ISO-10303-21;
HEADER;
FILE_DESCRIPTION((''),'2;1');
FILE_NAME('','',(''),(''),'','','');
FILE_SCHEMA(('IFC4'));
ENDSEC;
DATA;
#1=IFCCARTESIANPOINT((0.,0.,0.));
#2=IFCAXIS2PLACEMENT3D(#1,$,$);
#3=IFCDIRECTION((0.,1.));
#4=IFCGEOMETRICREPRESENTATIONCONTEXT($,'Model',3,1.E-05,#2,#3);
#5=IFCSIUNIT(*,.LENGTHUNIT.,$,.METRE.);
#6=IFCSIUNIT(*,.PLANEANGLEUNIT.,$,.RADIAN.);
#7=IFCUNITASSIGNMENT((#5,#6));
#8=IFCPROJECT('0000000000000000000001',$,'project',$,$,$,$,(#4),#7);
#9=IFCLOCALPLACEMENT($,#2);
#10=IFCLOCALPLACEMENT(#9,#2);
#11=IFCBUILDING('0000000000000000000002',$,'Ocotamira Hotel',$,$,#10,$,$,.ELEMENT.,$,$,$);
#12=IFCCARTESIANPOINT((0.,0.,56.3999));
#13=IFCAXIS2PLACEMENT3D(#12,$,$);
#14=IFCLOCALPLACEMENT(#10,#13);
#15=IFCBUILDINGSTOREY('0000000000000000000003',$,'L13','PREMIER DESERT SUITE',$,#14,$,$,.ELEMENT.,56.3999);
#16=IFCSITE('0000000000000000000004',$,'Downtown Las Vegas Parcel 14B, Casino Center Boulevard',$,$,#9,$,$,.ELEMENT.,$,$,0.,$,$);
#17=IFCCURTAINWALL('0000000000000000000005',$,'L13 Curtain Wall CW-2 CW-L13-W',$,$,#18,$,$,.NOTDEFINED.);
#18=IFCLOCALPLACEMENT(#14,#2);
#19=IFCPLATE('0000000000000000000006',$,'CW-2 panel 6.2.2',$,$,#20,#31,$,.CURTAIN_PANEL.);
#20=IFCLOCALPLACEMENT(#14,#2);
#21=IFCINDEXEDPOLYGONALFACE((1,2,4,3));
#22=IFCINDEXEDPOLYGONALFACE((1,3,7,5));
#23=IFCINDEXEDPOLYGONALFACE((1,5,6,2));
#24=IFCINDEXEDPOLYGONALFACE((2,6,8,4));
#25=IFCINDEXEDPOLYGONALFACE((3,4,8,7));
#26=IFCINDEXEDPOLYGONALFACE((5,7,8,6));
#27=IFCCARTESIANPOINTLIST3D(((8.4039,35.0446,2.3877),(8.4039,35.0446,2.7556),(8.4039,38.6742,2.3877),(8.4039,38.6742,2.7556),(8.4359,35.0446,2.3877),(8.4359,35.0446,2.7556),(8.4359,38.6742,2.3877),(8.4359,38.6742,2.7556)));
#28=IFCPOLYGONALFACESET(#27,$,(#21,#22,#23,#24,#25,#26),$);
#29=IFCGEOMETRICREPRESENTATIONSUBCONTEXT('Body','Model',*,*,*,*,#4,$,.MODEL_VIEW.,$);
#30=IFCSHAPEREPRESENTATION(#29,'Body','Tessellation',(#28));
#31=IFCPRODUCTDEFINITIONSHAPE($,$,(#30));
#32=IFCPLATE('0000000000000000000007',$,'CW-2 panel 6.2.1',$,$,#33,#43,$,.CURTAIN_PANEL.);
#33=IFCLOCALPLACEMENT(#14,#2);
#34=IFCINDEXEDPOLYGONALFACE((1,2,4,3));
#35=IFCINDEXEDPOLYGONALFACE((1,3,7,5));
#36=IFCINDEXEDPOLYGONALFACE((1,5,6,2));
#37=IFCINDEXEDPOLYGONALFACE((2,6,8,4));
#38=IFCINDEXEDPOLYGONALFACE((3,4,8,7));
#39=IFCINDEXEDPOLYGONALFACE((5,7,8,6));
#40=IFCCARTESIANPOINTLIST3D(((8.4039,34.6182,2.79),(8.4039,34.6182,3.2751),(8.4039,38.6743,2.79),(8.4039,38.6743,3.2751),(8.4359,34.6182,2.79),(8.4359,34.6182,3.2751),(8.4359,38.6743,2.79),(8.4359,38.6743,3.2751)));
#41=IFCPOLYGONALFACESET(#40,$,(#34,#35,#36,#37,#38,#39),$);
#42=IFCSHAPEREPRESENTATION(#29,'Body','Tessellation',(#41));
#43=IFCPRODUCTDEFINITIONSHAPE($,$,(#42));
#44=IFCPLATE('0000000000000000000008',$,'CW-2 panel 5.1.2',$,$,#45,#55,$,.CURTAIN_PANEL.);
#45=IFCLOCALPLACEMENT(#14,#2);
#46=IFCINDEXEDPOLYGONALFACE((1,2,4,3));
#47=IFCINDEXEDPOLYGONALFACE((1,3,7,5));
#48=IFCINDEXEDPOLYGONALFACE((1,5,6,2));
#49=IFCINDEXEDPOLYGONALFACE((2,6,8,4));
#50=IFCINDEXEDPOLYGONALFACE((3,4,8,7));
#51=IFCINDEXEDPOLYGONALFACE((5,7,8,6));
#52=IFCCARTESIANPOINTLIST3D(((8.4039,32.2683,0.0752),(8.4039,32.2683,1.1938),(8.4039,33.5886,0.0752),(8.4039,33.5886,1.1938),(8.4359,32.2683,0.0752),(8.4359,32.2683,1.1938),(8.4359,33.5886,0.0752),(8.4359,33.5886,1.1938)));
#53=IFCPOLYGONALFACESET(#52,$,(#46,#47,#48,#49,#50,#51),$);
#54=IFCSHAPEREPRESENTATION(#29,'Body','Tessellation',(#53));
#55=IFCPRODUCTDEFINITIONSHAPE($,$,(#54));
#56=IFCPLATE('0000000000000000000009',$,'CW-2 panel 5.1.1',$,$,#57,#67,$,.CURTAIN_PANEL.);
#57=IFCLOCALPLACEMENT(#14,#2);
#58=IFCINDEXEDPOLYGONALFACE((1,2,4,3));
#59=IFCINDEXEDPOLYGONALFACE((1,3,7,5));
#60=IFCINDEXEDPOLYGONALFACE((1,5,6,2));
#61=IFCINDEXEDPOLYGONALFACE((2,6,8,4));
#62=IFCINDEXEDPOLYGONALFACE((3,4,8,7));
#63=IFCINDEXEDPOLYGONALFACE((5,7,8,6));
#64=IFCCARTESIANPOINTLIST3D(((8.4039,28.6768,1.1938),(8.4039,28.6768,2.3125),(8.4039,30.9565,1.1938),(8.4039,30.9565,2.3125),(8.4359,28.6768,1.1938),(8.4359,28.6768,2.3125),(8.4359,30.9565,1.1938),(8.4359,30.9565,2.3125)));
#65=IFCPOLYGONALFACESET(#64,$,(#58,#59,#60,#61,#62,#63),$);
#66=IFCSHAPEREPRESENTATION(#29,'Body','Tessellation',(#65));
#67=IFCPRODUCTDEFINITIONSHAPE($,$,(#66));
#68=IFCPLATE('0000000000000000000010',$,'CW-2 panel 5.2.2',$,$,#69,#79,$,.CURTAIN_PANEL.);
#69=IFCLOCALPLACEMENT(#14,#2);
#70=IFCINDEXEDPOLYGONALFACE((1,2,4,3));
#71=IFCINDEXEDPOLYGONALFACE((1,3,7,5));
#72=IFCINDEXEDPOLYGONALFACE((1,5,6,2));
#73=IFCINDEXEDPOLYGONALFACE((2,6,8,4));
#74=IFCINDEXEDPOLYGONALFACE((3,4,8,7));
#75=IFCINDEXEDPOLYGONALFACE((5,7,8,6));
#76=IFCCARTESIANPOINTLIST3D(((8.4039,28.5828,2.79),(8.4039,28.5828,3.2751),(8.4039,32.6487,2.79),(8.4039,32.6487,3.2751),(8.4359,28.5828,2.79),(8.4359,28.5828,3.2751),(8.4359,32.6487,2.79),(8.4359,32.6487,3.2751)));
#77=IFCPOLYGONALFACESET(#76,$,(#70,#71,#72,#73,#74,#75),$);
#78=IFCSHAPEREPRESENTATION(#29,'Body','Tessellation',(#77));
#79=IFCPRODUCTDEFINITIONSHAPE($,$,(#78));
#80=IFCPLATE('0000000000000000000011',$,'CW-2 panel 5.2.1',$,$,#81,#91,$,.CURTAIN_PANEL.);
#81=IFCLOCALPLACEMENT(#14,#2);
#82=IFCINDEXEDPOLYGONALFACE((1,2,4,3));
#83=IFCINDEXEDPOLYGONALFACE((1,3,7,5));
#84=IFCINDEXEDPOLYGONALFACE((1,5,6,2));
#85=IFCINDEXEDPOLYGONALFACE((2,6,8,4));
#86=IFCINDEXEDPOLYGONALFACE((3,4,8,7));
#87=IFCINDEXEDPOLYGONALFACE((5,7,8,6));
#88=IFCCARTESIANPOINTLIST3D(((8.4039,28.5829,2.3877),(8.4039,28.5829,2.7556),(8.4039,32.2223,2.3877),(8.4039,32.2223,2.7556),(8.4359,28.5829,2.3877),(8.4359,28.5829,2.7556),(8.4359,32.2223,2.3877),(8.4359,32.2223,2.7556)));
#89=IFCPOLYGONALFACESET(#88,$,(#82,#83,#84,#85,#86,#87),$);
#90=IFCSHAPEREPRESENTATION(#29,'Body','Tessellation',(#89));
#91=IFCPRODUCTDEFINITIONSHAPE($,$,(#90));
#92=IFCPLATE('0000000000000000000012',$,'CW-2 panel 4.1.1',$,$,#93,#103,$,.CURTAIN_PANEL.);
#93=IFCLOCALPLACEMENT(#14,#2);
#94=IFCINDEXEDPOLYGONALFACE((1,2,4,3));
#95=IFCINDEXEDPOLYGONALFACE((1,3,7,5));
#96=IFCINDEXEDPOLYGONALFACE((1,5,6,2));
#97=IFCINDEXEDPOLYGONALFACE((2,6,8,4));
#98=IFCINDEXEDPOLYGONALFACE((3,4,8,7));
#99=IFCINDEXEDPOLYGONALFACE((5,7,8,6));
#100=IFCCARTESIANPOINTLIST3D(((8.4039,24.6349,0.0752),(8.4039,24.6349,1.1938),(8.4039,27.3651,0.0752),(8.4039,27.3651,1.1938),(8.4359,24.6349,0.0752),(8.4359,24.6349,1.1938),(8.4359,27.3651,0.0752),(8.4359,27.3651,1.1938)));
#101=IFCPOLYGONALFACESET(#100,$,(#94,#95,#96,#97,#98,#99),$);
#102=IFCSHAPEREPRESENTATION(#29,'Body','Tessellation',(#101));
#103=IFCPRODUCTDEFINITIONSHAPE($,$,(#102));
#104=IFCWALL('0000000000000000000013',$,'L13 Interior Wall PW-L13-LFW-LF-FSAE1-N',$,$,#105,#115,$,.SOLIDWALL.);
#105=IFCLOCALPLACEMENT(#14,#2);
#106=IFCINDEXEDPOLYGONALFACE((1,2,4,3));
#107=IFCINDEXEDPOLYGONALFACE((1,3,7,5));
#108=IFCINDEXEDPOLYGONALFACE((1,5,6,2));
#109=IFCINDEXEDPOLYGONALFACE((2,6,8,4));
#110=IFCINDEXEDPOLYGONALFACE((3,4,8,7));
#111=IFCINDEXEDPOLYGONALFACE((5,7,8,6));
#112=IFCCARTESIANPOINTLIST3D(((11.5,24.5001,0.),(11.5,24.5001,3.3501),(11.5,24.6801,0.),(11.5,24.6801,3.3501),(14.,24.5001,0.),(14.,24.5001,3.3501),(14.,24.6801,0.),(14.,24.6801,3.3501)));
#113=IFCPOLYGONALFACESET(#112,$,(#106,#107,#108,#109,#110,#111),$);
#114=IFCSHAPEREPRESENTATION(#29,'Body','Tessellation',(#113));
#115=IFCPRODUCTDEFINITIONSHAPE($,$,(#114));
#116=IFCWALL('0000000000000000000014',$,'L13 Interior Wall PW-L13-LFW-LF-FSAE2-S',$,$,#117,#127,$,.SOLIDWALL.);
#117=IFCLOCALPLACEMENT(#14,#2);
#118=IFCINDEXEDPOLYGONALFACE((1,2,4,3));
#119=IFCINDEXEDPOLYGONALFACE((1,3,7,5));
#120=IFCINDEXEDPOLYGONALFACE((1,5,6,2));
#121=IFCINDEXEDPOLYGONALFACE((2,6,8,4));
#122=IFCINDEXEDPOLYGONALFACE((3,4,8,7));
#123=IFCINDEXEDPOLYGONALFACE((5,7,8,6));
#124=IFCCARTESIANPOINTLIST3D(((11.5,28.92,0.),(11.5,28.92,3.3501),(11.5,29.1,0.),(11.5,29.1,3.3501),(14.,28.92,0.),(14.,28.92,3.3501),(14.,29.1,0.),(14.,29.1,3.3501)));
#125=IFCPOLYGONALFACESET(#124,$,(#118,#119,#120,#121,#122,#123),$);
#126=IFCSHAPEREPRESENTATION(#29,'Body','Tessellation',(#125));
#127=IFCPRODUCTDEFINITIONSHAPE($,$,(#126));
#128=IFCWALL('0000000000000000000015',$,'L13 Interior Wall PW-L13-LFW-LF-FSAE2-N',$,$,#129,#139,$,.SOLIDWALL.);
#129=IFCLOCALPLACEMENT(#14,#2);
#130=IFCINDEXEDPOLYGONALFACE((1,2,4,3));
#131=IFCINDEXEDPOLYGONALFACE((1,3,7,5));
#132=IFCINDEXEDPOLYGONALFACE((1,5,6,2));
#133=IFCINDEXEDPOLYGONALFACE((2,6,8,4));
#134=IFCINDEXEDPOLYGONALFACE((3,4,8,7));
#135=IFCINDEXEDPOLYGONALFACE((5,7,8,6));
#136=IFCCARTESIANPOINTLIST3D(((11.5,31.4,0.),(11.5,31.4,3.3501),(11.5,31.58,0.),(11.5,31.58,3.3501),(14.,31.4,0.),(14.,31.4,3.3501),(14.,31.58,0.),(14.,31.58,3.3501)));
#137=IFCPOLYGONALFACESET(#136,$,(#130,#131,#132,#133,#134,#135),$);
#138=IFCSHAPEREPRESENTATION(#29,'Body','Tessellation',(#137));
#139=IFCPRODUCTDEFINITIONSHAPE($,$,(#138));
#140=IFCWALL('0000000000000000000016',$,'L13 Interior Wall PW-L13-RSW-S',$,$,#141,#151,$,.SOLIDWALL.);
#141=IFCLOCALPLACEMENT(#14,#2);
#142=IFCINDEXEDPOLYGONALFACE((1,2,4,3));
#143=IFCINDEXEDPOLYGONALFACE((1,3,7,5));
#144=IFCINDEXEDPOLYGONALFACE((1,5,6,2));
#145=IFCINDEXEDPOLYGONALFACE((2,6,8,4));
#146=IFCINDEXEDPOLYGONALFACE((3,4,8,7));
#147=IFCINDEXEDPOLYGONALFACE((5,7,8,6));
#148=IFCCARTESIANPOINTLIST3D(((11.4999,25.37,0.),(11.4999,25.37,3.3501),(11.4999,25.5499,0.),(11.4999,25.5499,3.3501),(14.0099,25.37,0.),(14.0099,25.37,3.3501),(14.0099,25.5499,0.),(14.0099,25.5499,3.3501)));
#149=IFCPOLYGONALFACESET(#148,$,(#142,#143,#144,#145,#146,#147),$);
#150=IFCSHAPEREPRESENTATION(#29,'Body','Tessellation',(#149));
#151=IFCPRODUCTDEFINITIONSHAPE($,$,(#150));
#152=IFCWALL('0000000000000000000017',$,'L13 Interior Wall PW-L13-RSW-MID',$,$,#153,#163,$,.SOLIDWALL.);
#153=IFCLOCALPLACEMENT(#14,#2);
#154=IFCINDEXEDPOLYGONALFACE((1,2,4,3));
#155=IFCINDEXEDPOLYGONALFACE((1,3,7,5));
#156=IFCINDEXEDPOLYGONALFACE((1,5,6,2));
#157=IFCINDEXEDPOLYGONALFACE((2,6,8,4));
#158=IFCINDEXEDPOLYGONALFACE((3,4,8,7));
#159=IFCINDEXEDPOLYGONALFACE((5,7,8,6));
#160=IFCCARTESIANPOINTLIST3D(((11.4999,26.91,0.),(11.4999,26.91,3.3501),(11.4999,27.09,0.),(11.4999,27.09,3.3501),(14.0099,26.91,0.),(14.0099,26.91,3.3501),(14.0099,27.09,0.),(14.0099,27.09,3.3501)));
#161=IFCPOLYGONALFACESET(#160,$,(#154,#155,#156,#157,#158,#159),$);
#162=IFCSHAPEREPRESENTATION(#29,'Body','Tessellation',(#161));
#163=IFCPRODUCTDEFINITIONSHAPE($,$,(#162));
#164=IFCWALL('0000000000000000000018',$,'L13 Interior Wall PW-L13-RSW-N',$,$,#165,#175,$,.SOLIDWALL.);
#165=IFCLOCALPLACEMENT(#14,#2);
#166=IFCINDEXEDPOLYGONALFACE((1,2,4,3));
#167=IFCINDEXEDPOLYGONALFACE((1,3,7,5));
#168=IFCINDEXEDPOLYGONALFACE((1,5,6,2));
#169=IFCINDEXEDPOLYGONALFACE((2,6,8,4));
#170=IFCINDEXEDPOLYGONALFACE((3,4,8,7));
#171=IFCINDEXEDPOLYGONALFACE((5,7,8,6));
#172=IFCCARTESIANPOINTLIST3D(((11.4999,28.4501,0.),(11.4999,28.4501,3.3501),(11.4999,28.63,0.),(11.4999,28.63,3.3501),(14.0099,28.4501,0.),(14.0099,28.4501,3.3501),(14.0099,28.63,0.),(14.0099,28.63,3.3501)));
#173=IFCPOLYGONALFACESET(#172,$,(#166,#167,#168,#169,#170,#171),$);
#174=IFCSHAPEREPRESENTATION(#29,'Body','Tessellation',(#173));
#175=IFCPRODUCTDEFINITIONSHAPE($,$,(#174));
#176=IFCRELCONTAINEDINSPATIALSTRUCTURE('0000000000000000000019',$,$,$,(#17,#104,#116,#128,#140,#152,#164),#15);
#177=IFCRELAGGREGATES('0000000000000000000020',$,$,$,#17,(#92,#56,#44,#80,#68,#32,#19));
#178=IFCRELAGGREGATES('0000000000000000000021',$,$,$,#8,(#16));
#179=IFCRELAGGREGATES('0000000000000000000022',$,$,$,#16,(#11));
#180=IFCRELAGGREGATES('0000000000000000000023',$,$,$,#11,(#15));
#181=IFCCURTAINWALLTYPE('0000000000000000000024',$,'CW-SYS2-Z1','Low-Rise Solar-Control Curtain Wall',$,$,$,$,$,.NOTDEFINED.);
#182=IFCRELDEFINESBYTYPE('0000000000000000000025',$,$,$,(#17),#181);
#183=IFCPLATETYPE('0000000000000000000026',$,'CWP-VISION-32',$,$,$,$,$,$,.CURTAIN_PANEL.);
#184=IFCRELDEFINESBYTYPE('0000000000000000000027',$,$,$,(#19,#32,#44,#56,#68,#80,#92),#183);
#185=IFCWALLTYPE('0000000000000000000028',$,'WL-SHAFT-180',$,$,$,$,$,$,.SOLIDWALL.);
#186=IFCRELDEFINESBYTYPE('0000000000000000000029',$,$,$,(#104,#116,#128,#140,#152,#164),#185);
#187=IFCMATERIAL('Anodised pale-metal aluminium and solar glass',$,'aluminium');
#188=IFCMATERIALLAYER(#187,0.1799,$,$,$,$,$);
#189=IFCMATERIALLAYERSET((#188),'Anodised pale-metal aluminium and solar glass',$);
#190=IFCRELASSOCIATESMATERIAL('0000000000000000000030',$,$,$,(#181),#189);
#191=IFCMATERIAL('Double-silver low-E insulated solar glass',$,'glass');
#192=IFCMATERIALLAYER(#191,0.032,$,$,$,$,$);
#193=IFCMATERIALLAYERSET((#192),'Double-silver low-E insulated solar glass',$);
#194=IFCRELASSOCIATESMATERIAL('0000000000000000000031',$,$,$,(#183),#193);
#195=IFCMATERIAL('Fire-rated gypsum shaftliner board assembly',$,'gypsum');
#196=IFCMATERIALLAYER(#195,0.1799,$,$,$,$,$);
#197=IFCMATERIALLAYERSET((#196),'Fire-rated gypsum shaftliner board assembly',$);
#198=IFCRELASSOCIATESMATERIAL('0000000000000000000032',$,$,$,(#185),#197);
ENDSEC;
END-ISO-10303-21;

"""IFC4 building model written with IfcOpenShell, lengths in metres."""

from ifc_helpers import new_model, si_unit, direction, frame, frame_2d, origin, origin_2d, place, context, subcontext, project, spatial, rectangle, extrude, source, transform, mapped, material, layer, layer_set, type_object, element, aggregate, save


model = new_model("IFC4")

# Units and contexts
model_context = context("Model", 3, precision=1e-05, world=origin(), true_north=direction((0.0, 1.0)))
body_context = subcontext(model_context, "Body", "Model", "MODEL_VIEW")
ifc_project = project(units=[si_unit("LENGTHUNIT", "METRE"), si_unit("PLANEANGLEUNIT", "RADIAN")], contexts=[model_context])

# Site, building, storey
site_placement = place(None, origin())
site = spatial("IfcSite", under=ifc_project, at=site_placement, Name="Downtown Las Vegas Parcel 14B, Casino Center Boulevard", CompositionType="ELEMENT", RefElevation=0.0)
building_placement = place(site_placement, origin())
building = spatial("IfcBuilding", under=site, at=building_placement, Name="Ocotamira Hotel", CompositionType="ELEMENT")
storey_placement = place(building_placement, frame((0.0, 0.0, 56.3999)))
storey = spatial("IfcBuildingStorey", under=building, at=storey_placement, Name="L13", Description="PREMIER DESERT SUITE", CompositionType="ELEMENT", Elevation=56.3999)

# Curtain wall
ifc_material_1 = material(Name="Anodised pale-metal aluminium and solar glass", Category="aluminium")
ifc_layer_1 = layer(ifc_material_1, 0.1799)
ifc_layer_set_1 = layer_set([ifc_layer_1], Name="Anodised pale-metal aluminium and solar glass")
curtain_wall_type = type_object("IfcCurtainWallType", Name="CW-SYS2-Z1", Description="Low-Rise Solar-Control Curtain Wall", PredefinedType="NOTDEFINED", material=ifc_layer_set_1)
curtain_wall_placement = place(storey_placement, origin())
curtain_wall = element("IfcCurtainWall", 1, at=curtain_wall_placement, inside=storey, type_object=curtain_wall_type, Name="L13 Curtain Wall CW-2 CW-L13-W", PredefinedType="NOTDEFINED")

# Plates
ifc_material_2 = material(Name="Double-silver low-E insulated solar glass", Category="glass")
ifc_layer_2 = layer(ifc_material_2, 0.032)
ifc_layer_set_2 = layer_set([ifc_layer_2], Name="Double-silver low-E insulated solar glass")
plate_type_1 = type_object("IfcPlateType", Name="CWP-VISION-32", PredefinedType="CURTAIN_PANEL", material=ifc_layer_set_2)
shared_shape_1 = source(origin(), body_context, "Body", "SweptSolid", [
    extrude(rectangle(XDim=3.6296, YDim=0.032, at=origin_2d()), origin(), (0.0, 0.0, 1.0), 0.3679),
])
plate_1_placement = place(storey_placement, frame((8.4199, 36.8594, 2.3877), z_axis=(0.0, 0.0, 1.0), x_axis=(0.0, 1.0, 0.0)))
plate_1 = element("IfcPlate", 2, at=plate_1_placement, type_object=plate_type_1, Name="CW-2 panel 6.2.2", PredefinedType="CURTAIN_PANEL", context=body_context, shape_type="MappedRepresentation", body=[
    mapped(shared_shape_1, transform((0.0, 0.0, 0.0), scale=1.0)),
])
shared_shape_2 = source(origin(), body_context, "Body", "SweptSolid", [
    extrude(rectangle(XDim=4.0562, YDim=0.032, at=origin_2d()), origin(), (0.0, 0.0, 1.0), 0.4851),
])
plate_2_placement = place(storey_placement, frame((8.4199, 36.6462, 2.79), z_axis=(0.0, 0.0, 1.0), x_axis=(0.0, 1.0, 0.0)))
plate_2 = element("IfcPlate", 3, at=plate_2_placement, type_object=plate_type_1, Name="CW-2 panel 6.2.1", PredefinedType="CURTAIN_PANEL", context=body_context, shape_type="MappedRepresentation", body=[
    mapped(shared_shape_2, transform((0.0, 0.0, 0.0), scale=1.0)),
])
shared_shape_3 = source(origin(), body_context, "Body", "SweptSolid", [
    extrude(rectangle(XDim=1.3203, YDim=0.032, at=origin_2d()), origin(), (0.0, 0.0, 1.0), 1.1187),
])
plate_3_placement = place(storey_placement, frame((8.4199, 32.9285, 0.0752), z_axis=(0.0, 0.0, 1.0), x_axis=(0.0, 1.0, 0.0)))
plate_3 = element("IfcPlate", 4, at=plate_3_placement, type_object=plate_type_1, Name="CW-2 panel 5.1.2", PredefinedType="CURTAIN_PANEL", context=body_context, shape_type="MappedRepresentation", body=[
    mapped(shared_shape_3, transform((0.0, 0.0, 0.0), scale=1.0)),
])
shared_shape_4 = source(origin(), body_context, "Body", "SweptSolid", [
    extrude(rectangle(XDim=2.2798, YDim=0.032, at=origin_2d()), origin(), (0.0, 0.0, 1.0), 1.1187),
])
plate_4_placement = place(storey_placement, frame((8.4199, 29.8167, 1.1938), z_axis=(0.0, 0.0, 1.0), x_axis=(0.0, 1.0, 0.0)))
plate_4 = element("IfcPlate", 5, at=plate_4_placement, type_object=plate_type_1, Name="CW-2 panel 5.1.1", PredefinedType="CURTAIN_PANEL", context=body_context, shape_type="MappedRepresentation", body=[
    mapped(shared_shape_4, transform((0.0, 0.0, 0.0), scale=1.0)),
])
shared_shape_5 = source(origin(), body_context, "Body", "SweptSolid", [
    extrude(rectangle(XDim=4.0659, YDim=0.032, at=origin_2d()), origin(), (0.0, 0.0, 1.0), 0.4851),
])
plate_5_placement = place(storey_placement, frame((8.4199, 30.6157, 2.79), z_axis=(0.0, 0.0, 1.0), x_axis=(0.0, 1.0, 0.0)))
plate_5 = element("IfcPlate", 6, at=plate_5_placement, type_object=plate_type_1, Name="CW-2 panel 5.2.2", PredefinedType="CURTAIN_PANEL", context=body_context, shape_type="MappedRepresentation", body=[
    mapped(shared_shape_5, transform((0.0, 0.0, 0.0), scale=1.0)),
])
shared_shape_6 = source(origin(), body_context, "Body", "SweptSolid", [
    extrude(rectangle(XDim=3.6394, YDim=0.032, at=origin_2d()), origin(), (0.0, 0.0, 1.0), 0.3679),
])
plate_6_placement = place(storey_placement, frame((8.4199, 30.4026, 2.3877), z_axis=(0.0, 0.0, 1.0), x_axis=(0.0, 1.0, 0.0)))
plate_6 = element("IfcPlate", 7, at=plate_6_placement, type_object=plate_type_1, Name="CW-2 panel 5.2.1", PredefinedType="CURTAIN_PANEL", context=body_context, shape_type="MappedRepresentation", body=[
    mapped(shared_shape_6, transform((0.0, 0.0, 0.0), scale=1.0)),
])
shared_shape_7 = source(origin(), body_context, "Body", "SweptSolid", [
    extrude(rectangle(XDim=2.7302, YDim=0.032, at=origin_2d()), origin(), (0.0, 0.0, 1.0), 1.1187),
])
plate_7_placement = place(storey_placement, frame((8.4199, 26.0, 0.0752), z_axis=(0.0, 0.0, 1.0), x_axis=(0.0, 1.0, 0.0)))
plate_7 = element("IfcPlate", 8, at=plate_7_placement, type_object=plate_type_1, Name="CW-2 panel 4.1.1", PredefinedType="CURTAIN_PANEL", context=body_context, shape_type="MappedRepresentation", body=[
    mapped(shared_shape_7, transform((0.0, 0.0, 0.0), scale=1.0)),
])
aggregate(curtain_wall, [plate_7, plate_4, plate_3, plate_6, plate_5, plate_2, plate_1])

# Walls
ifc_material_3 = material(Name="Fire-rated gypsum shaftliner board assembly", Category="gypsum")
ifc_layer_3 = layer(ifc_material_3, 0.1799)
ifc_layer_set_3 = layer_set([ifc_layer_3], Name="Fire-rated gypsum shaftliner board assembly")
wall_type_1 = type_object("IfcWallType", Name="WL-SHAFT-180", PredefinedType="SOLIDWALL", material=ifc_layer_set_3)
for number, where, z_axis, x_axis, name in (
    (9, (11.5, 24.5901, 0.0), (0.0, 0.0, 1.0), (1.0, 0.0, 0.0), "L13 Interior Wall PW-L13-LFW-LF-FSAE1-N"),
    (10, (11.5, 29.01, 0.0), (0.0, 0.0, 1.0), (1.0, 0.0, 0.0), "L13 Interior Wall PW-L13-LFW-LF-FSAE2-S"),
    (11, (11.5, 31.49, 0.0), (0.0, 0.0, 1.0), (1.0, 0.0, 0.0), "L13 Interior Wall PW-L13-LFW-LF-FSAE2-N"),
):
    element("IfcWall", number, at=place(storey_placement, frame(where, z_axis=z_axis, x_axis=x_axis)), inside=storey, type_object=wall_type_1, Name=name, PredefinedType="SOLIDWALL", context=body_context, shape_type="SweptSolid", body=[
        extrude(rectangle(XDim=2.5, YDim=0.1799, at=frame_2d((1.25, 0.0))), origin(), (0.0, 0.0, 1.0), 3.3501),
    ])
for number, where, z_axis, x_axis, name in (
    (12, (11.5, 25.46, 0.0), (0.0, 0.0, 1.0), (1.0, 0.0, 0.0), "L13 Interior Wall PW-L13-RSW-S"),
    (13, (11.5, 27.0, 0.0), (0.0, 0.0, 1.0), (1.0, 0.0, 0.0), "L13 Interior Wall PW-L13-RSW-MID"),
    (14, (11.5, 28.54, 0.0), (0.0, 0.0, 1.0), (1.0, 0.0, 0.0), "L13 Interior Wall PW-L13-RSW-N"),
):
    element("IfcWall", number, at=place(storey_placement, frame(where, z_axis=z_axis, x_axis=x_axis)), inside=storey, type_object=wall_type_1, Name=name, PredefinedType="SOLIDWALL", context=body_context, shape_type="SweptSolid", body=[
        extrude(rectangle(XDim=2.51, YDim=0.1799, at=frame_2d((1.2549, 0.0))), origin(), (0.0, 0.0, 1.0), 3.3501),
    ])

save(model, "model.ifc")
